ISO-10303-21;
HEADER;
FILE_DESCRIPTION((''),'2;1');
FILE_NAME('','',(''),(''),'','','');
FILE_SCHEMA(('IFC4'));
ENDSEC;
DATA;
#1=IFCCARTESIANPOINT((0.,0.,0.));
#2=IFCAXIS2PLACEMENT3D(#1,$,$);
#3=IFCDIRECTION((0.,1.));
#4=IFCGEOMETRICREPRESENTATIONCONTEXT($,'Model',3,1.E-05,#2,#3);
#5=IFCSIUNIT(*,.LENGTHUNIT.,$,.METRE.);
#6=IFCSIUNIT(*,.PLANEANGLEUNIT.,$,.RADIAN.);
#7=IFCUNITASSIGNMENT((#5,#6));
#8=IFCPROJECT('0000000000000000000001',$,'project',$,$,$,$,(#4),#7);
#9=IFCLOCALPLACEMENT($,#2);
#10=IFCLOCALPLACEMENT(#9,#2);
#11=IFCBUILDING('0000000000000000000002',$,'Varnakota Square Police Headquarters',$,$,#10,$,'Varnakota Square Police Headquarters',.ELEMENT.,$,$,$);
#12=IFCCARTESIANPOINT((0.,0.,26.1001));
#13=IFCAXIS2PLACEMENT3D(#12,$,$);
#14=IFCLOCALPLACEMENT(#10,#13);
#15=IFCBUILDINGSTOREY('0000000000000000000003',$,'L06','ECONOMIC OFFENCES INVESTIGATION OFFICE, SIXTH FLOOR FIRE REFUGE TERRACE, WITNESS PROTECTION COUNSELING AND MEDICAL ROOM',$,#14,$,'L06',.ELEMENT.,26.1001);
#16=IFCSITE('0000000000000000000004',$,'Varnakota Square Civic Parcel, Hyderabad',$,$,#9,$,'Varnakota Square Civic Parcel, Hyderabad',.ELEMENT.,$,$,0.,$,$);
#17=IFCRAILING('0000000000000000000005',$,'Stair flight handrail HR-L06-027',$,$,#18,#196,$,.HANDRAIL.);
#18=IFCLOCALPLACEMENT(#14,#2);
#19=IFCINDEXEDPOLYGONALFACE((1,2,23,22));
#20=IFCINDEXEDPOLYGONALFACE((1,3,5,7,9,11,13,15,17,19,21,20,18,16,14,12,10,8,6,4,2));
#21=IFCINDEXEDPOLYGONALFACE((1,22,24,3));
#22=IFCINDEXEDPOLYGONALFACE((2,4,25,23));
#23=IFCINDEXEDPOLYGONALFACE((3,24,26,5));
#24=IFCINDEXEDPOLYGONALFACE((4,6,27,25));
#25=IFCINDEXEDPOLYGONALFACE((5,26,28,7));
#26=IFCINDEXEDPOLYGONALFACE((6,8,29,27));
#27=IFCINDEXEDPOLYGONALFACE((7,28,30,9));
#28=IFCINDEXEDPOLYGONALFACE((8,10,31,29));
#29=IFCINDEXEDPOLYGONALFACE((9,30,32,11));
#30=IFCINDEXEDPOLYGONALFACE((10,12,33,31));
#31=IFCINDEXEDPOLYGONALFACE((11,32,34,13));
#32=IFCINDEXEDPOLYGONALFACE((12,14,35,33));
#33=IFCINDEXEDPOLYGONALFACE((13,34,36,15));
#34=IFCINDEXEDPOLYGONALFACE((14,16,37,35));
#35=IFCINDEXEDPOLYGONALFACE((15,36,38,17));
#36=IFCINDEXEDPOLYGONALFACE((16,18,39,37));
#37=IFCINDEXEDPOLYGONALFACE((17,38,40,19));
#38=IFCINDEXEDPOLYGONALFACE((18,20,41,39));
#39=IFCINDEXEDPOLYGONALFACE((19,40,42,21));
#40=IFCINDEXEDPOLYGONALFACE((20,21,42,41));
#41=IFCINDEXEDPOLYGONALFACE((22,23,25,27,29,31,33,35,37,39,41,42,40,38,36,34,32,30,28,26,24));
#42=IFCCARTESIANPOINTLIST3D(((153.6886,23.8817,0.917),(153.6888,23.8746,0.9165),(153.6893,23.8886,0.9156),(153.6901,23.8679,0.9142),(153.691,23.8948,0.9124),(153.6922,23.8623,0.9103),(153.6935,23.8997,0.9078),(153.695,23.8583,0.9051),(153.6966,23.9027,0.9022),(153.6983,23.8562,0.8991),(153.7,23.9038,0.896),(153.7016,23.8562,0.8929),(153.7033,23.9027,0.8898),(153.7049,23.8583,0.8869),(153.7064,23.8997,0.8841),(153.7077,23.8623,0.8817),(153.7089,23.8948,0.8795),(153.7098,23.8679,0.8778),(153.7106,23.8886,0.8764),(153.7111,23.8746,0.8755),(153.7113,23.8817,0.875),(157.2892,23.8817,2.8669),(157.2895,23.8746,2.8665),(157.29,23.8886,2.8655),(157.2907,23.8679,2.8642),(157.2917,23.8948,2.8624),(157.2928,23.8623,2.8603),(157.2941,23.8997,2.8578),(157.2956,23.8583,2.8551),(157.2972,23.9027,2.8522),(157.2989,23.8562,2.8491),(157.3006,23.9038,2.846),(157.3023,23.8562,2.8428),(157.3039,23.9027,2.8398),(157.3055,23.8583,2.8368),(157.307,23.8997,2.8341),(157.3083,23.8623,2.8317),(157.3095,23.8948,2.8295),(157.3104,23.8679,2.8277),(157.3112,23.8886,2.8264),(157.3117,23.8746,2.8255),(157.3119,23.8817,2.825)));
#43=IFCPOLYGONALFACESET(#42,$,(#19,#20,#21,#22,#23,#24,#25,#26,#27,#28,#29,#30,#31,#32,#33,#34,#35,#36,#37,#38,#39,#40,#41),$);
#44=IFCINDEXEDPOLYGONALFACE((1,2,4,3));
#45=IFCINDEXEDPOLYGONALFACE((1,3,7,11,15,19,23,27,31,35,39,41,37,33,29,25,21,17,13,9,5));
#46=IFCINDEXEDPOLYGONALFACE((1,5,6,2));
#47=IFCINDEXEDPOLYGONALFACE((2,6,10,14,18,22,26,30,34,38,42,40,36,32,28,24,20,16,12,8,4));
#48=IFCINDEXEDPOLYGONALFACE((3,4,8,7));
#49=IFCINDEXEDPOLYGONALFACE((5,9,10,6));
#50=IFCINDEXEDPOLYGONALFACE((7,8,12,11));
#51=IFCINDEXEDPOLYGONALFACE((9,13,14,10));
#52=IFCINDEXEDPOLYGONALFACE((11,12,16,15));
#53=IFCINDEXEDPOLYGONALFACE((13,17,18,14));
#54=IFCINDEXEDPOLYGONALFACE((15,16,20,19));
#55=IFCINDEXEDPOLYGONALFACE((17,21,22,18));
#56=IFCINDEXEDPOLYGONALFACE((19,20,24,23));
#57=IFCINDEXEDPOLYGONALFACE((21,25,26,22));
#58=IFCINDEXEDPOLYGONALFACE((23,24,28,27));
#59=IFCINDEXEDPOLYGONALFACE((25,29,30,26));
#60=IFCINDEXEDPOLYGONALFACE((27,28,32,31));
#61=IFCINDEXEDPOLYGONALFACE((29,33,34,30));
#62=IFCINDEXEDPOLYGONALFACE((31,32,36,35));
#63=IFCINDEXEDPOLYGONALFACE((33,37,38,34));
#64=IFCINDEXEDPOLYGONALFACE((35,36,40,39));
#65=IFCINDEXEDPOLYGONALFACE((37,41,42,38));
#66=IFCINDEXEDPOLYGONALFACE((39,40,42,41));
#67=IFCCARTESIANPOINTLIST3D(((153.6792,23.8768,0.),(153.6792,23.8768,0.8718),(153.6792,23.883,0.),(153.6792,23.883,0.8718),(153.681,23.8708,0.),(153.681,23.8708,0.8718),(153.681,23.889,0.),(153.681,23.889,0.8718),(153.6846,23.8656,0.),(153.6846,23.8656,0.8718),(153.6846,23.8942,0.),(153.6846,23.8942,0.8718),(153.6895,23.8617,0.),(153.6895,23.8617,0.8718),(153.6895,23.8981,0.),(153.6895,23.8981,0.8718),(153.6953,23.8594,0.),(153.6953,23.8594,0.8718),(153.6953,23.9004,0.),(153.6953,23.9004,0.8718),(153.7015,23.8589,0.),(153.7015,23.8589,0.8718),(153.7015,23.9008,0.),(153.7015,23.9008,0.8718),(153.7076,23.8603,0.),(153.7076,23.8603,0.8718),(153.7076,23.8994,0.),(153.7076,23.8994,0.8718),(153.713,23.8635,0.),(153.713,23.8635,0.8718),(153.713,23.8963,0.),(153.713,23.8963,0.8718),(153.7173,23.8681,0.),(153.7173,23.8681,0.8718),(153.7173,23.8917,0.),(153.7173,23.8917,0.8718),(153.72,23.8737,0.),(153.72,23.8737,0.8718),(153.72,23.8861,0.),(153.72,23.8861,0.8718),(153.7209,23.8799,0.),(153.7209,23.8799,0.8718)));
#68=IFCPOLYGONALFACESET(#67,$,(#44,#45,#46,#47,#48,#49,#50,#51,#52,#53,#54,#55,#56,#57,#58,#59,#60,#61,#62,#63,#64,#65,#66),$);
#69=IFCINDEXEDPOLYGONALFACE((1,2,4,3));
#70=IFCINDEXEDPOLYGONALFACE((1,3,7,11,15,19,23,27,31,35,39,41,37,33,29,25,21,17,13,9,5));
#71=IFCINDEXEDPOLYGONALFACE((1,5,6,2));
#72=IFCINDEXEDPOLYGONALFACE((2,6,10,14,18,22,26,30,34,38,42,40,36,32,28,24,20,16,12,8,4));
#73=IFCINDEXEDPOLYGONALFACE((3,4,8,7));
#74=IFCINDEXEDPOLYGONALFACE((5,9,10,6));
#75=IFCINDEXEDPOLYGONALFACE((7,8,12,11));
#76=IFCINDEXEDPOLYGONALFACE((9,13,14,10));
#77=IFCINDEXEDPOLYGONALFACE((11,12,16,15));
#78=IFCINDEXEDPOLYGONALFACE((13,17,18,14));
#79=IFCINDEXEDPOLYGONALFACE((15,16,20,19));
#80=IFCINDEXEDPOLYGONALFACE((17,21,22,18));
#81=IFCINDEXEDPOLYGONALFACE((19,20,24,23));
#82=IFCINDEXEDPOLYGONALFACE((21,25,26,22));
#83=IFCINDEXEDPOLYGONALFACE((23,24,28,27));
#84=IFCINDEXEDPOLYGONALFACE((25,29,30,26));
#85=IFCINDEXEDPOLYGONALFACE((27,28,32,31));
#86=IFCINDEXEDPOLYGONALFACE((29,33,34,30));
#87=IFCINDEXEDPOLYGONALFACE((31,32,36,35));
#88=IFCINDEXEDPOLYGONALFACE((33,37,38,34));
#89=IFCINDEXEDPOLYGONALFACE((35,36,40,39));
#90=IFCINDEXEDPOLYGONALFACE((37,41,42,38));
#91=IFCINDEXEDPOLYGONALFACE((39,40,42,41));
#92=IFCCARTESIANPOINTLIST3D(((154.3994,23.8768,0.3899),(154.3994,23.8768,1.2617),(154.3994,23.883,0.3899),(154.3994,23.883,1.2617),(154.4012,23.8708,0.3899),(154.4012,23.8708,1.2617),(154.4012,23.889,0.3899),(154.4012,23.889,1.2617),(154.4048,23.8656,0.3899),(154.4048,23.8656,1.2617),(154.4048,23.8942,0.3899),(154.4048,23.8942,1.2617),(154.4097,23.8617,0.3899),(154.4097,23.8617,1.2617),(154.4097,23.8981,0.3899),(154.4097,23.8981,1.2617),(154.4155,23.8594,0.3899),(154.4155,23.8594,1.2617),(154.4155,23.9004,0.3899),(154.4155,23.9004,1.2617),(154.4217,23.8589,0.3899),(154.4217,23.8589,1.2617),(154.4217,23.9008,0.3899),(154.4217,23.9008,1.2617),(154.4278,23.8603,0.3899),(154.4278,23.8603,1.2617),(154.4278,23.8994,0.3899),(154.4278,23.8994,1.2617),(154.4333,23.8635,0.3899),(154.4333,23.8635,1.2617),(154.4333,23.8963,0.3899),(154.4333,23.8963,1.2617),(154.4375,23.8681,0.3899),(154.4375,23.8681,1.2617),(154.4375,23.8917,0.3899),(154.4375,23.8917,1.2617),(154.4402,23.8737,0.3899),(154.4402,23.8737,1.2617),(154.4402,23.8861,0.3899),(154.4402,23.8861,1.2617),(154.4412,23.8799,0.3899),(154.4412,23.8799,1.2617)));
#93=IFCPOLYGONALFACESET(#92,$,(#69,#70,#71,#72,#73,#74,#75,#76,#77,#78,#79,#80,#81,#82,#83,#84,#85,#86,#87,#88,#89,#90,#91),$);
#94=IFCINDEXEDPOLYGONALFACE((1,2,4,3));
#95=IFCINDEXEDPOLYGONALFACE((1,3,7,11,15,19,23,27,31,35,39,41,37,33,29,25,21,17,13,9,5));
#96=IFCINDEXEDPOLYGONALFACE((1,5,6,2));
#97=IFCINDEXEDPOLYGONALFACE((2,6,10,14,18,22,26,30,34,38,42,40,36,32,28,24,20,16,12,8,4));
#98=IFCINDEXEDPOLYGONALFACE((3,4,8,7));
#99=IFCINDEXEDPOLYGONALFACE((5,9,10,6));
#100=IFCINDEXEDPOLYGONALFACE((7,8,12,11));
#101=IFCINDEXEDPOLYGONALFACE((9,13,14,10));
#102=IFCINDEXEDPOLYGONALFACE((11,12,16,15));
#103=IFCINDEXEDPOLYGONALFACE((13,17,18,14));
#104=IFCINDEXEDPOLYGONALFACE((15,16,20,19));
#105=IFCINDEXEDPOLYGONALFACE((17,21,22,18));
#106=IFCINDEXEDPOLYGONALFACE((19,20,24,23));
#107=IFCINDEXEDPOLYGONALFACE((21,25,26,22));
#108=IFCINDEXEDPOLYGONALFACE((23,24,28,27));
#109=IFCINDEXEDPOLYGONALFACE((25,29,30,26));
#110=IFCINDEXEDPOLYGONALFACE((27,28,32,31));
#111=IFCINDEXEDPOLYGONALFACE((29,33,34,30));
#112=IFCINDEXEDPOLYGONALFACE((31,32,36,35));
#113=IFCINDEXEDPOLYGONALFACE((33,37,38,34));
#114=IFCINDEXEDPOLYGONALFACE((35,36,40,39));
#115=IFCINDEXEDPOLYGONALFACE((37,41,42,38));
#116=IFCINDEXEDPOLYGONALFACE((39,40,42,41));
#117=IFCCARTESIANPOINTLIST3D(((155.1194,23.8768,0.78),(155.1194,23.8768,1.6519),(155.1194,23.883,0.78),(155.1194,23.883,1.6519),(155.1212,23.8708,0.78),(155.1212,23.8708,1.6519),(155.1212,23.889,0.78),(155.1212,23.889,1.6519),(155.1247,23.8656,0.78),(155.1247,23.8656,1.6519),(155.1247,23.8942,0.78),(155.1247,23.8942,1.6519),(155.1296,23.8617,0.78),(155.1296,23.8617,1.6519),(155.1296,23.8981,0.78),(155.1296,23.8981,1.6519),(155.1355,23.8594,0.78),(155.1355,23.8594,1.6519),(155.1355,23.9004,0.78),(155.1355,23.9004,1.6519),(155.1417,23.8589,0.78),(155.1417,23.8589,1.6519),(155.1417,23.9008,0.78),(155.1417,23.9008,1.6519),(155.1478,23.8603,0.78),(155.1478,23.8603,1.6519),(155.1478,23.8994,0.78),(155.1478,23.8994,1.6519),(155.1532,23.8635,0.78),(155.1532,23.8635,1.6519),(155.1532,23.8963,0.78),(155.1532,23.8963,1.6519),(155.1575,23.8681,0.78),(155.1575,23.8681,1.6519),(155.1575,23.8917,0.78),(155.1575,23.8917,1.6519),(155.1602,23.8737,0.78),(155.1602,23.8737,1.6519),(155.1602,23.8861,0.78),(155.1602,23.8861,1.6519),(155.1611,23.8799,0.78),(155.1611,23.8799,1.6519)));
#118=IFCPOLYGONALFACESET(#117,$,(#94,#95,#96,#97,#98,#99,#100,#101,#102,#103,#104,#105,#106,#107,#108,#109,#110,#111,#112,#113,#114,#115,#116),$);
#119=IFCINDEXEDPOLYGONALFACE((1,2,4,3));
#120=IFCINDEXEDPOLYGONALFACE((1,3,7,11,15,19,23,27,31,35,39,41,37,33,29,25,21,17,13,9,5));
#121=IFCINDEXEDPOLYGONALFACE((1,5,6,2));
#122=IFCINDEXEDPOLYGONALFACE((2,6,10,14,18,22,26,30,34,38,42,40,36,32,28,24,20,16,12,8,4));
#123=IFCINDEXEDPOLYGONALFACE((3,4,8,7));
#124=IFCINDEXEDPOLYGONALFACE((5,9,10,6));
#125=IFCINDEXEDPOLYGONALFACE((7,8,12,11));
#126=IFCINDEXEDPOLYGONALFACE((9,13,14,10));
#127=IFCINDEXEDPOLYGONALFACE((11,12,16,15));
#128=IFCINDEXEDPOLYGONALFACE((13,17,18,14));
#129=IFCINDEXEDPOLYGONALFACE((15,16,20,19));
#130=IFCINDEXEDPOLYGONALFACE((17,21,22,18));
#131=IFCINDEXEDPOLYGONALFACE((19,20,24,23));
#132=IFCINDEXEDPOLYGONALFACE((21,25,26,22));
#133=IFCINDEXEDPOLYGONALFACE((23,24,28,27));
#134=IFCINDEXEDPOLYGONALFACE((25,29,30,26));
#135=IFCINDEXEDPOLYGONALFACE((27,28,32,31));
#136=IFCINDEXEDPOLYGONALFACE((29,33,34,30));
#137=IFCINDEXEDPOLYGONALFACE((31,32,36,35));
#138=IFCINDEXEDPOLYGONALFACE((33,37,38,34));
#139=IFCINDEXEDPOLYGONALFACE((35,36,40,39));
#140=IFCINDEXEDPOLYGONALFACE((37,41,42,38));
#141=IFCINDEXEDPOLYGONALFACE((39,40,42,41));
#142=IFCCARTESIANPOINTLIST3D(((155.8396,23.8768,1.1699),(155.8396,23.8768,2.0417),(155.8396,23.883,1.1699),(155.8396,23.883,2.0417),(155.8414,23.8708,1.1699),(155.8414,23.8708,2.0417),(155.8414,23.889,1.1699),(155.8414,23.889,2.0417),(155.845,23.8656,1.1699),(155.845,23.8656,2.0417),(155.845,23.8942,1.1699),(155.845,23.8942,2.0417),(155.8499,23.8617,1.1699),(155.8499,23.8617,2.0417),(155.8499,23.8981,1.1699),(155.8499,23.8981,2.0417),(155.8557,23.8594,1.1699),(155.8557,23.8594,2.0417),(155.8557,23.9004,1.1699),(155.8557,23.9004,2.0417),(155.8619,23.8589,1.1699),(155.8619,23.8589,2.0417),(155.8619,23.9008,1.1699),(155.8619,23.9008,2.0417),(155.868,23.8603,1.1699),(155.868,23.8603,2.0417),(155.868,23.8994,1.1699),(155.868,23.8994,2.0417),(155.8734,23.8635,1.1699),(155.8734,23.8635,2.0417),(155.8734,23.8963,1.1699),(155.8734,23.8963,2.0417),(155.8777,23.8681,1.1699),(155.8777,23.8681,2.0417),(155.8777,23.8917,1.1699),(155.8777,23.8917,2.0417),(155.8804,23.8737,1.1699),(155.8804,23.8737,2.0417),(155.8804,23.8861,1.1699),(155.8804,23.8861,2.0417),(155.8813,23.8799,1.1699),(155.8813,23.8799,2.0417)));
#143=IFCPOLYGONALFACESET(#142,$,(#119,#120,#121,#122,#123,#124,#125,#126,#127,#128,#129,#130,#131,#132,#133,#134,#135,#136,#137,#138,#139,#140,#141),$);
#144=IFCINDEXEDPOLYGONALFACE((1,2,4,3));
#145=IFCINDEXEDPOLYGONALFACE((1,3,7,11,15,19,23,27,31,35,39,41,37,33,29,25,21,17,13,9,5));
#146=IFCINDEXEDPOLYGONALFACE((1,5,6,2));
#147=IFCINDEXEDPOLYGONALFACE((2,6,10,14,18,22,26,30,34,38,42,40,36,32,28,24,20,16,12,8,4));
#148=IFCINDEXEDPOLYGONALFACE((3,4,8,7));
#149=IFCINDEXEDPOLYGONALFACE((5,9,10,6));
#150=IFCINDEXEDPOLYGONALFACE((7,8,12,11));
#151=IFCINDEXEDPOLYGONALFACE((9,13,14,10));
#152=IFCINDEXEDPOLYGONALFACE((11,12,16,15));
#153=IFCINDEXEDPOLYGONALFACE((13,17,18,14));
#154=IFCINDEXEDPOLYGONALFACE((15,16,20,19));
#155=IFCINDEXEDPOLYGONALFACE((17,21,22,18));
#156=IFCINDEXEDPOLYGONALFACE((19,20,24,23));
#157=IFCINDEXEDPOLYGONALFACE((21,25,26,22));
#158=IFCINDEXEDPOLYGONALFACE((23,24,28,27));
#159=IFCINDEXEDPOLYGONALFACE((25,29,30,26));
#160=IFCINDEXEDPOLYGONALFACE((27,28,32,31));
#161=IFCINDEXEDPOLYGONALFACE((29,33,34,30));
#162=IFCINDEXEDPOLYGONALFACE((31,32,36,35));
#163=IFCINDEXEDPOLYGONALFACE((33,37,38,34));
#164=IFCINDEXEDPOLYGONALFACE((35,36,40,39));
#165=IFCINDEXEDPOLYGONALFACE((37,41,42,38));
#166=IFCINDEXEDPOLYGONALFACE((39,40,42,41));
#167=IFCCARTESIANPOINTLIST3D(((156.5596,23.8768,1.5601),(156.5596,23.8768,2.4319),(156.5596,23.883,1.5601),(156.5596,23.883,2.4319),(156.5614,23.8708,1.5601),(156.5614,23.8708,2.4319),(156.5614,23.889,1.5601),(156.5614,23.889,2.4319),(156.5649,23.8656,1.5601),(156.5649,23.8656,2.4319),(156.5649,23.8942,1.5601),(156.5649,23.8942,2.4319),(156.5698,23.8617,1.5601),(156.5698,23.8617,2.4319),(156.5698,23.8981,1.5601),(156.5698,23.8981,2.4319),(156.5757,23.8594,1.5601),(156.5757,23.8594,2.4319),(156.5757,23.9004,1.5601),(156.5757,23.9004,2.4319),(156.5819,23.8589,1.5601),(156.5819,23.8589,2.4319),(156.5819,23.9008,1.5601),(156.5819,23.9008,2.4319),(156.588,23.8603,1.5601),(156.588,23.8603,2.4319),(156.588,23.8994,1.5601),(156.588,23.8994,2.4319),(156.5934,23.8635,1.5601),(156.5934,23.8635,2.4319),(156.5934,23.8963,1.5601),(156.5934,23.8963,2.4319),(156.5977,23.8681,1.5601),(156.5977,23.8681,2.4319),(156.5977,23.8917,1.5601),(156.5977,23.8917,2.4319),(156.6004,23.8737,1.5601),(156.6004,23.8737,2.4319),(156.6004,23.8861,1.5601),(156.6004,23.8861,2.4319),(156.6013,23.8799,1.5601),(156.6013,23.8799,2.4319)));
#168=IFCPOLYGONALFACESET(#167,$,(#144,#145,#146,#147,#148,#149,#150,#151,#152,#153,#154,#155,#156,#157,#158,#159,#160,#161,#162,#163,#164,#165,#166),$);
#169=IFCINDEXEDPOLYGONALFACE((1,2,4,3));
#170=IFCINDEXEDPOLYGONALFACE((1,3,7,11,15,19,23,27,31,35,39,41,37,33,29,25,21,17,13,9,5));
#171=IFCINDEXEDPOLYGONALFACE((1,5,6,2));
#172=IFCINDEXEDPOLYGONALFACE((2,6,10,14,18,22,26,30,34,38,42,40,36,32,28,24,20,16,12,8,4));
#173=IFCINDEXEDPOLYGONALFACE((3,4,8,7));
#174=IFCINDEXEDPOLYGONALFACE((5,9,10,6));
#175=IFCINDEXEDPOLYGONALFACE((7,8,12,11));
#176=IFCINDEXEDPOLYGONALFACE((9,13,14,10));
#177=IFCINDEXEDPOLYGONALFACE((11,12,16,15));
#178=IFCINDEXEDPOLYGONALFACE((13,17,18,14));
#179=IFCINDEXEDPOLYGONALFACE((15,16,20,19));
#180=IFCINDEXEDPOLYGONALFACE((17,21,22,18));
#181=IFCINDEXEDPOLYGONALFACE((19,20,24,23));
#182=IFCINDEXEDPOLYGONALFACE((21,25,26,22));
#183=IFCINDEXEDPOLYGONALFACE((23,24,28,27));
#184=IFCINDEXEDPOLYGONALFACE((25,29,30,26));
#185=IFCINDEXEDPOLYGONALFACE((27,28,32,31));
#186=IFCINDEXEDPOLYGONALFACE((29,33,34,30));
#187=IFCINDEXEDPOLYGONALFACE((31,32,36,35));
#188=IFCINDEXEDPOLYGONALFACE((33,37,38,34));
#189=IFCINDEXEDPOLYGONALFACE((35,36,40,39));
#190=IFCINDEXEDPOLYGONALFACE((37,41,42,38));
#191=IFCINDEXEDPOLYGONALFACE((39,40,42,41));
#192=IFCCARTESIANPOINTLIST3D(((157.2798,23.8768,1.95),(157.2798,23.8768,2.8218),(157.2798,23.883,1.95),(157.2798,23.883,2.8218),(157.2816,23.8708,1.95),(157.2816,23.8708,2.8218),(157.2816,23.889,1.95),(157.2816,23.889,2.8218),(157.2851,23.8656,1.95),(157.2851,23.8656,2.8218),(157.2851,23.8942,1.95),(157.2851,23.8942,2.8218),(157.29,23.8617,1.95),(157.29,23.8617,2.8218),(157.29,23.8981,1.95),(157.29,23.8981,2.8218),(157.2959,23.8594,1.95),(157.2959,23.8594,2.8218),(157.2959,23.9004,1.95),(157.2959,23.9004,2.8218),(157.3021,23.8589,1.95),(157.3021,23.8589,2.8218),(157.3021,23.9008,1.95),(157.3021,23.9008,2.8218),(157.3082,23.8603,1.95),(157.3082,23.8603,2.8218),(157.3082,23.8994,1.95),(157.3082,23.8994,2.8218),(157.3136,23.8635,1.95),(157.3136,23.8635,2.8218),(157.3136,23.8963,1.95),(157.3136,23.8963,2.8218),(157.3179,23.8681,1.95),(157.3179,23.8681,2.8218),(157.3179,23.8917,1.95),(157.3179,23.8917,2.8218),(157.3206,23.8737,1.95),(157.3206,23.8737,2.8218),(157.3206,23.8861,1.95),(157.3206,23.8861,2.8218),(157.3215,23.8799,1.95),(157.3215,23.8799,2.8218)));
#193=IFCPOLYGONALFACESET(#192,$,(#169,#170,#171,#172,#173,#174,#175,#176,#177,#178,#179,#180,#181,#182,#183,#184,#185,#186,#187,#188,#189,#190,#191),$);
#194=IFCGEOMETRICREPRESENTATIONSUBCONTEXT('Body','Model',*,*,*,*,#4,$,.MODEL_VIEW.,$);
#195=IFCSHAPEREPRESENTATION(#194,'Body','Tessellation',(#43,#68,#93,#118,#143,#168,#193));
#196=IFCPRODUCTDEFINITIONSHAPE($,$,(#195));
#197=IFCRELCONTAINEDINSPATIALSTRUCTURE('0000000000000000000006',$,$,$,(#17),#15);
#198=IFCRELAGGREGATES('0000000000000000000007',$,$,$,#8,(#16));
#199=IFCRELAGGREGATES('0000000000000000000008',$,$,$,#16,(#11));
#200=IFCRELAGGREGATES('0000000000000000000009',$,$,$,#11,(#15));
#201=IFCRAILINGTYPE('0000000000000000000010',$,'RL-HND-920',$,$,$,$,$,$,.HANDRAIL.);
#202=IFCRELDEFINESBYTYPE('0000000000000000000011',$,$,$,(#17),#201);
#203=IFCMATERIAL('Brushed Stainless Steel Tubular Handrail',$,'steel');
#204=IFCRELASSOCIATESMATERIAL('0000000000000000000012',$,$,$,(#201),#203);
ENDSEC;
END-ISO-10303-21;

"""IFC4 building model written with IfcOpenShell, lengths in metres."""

from ifc_helpers import new_model, si_unit, direction, frame, origin, origin_2d, place, context, subcontext, project, spatial, circle, extrude, material, type_object, element, save


model = new_model("IFC4")

# Units and contexts
model_context = context("Model", 3, precision=1e-05, world=origin(), true_north=direction((0.0, 1.0)))
body_context = subcontext(model_context, "Body", "Model", "MODEL_VIEW")
ifc_project = project(units=[si_unit("LENGTHUNIT", "METRE"), si_unit("PLANEANGLEUNIT", "RADIAN")], contexts=[model_context])

# Site, building, storey
site_placement = place(None, origin())
site = spatial("IfcSite", under=ifc_project, at=site_placement, Name="Varnakota Square Civic Parcel, Hyderabad", LongName="Varnakota Square Civic Parcel, Hyderabad", CompositionType="ELEMENT", RefElevation=0.0)
building_placement = place(site_placement, origin())
building = spatial("IfcBuilding", under=site, at=building_placement, Name="Varnakota Square Police Headquarters", LongName="Varnakota Square Police Headquarters", CompositionType="ELEMENT")
storey_placement = place(building_placement, frame((0.0, 0.0, 26.1001)))
storey = spatial("IfcBuildingStorey", under=building, at=storey_placement, Name="L06", Description="ECONOMIC OFFENCES INVESTIGATION OFFICE, SIXTH FLOOR FIRE REFUGE TERRACE, WITNESS PROTECTION COUNSELING AND MEDICAL ROOM", LongName="L06", CompositionType="ELEMENT", Elevation=26.1001)

# Railing
ifc_material_1 = material(Name="Brushed Stainless Steel Tubular Handrail", Category="steel")
railing_type_1 = type_object("IfcRailingType", Name="RL-HND-920", PredefinedType="HANDRAIL", material=ifc_material_1)
railing_1_placement = place(storey_placement, frame((153.7, 23.8799, 0.0)))
element("IfcRailing", 1, at=railing_1_placement, inside=storey, type_object=railing_type_1, Name="Stair flight handrail HR-L06-027", PredefinedType="HANDRAIL", context=body_context, shape_type="SweptSolid", body=[
    extrude(circle(Radius=0.0239, at=origin_2d()), frame((0.0, 0.0, 0.896), z_axis=(0.879329, 0.0, 0.476214), x_axis=(0.0, 1.0, 0.0)), (0.0, 0.0, 1.0), 4.0947),
    extrude(circle(Radius=0.021, at=origin_2d()), origin(), (0.0, 0.0, 1.0), 0.8718),
    extrude(circle(Radius=0.021, at=origin_2d()), frame((0.7202, 0.0, 0.3899)), (0.0, 0.0, 1.0), 0.8718),
    extrude(circle(Radius=0.021, at=origin_2d()), frame((1.4402, 0.0, 0.78)), (0.0, 0.0, 1.0), 0.8718),
    extrude(circle(Radius=0.021, at=origin_2d()), frame((2.1604, 0.0, 1.1699)), (0.0, 0.0, 1.0), 0.8718),
    extrude(circle(Radius=0.021, at=origin_2d()), frame((2.8804, 0.0, 1.5601)), (0.0, 0.0, 1.0), 0.8718),
    extrude(circle(Radius=0.021, at=origin_2d()), frame((3.6006, 0.0, 1.95)), (0.0, 0.0, 1.0), 0.8718),
])

save(model, "model.ifc")
